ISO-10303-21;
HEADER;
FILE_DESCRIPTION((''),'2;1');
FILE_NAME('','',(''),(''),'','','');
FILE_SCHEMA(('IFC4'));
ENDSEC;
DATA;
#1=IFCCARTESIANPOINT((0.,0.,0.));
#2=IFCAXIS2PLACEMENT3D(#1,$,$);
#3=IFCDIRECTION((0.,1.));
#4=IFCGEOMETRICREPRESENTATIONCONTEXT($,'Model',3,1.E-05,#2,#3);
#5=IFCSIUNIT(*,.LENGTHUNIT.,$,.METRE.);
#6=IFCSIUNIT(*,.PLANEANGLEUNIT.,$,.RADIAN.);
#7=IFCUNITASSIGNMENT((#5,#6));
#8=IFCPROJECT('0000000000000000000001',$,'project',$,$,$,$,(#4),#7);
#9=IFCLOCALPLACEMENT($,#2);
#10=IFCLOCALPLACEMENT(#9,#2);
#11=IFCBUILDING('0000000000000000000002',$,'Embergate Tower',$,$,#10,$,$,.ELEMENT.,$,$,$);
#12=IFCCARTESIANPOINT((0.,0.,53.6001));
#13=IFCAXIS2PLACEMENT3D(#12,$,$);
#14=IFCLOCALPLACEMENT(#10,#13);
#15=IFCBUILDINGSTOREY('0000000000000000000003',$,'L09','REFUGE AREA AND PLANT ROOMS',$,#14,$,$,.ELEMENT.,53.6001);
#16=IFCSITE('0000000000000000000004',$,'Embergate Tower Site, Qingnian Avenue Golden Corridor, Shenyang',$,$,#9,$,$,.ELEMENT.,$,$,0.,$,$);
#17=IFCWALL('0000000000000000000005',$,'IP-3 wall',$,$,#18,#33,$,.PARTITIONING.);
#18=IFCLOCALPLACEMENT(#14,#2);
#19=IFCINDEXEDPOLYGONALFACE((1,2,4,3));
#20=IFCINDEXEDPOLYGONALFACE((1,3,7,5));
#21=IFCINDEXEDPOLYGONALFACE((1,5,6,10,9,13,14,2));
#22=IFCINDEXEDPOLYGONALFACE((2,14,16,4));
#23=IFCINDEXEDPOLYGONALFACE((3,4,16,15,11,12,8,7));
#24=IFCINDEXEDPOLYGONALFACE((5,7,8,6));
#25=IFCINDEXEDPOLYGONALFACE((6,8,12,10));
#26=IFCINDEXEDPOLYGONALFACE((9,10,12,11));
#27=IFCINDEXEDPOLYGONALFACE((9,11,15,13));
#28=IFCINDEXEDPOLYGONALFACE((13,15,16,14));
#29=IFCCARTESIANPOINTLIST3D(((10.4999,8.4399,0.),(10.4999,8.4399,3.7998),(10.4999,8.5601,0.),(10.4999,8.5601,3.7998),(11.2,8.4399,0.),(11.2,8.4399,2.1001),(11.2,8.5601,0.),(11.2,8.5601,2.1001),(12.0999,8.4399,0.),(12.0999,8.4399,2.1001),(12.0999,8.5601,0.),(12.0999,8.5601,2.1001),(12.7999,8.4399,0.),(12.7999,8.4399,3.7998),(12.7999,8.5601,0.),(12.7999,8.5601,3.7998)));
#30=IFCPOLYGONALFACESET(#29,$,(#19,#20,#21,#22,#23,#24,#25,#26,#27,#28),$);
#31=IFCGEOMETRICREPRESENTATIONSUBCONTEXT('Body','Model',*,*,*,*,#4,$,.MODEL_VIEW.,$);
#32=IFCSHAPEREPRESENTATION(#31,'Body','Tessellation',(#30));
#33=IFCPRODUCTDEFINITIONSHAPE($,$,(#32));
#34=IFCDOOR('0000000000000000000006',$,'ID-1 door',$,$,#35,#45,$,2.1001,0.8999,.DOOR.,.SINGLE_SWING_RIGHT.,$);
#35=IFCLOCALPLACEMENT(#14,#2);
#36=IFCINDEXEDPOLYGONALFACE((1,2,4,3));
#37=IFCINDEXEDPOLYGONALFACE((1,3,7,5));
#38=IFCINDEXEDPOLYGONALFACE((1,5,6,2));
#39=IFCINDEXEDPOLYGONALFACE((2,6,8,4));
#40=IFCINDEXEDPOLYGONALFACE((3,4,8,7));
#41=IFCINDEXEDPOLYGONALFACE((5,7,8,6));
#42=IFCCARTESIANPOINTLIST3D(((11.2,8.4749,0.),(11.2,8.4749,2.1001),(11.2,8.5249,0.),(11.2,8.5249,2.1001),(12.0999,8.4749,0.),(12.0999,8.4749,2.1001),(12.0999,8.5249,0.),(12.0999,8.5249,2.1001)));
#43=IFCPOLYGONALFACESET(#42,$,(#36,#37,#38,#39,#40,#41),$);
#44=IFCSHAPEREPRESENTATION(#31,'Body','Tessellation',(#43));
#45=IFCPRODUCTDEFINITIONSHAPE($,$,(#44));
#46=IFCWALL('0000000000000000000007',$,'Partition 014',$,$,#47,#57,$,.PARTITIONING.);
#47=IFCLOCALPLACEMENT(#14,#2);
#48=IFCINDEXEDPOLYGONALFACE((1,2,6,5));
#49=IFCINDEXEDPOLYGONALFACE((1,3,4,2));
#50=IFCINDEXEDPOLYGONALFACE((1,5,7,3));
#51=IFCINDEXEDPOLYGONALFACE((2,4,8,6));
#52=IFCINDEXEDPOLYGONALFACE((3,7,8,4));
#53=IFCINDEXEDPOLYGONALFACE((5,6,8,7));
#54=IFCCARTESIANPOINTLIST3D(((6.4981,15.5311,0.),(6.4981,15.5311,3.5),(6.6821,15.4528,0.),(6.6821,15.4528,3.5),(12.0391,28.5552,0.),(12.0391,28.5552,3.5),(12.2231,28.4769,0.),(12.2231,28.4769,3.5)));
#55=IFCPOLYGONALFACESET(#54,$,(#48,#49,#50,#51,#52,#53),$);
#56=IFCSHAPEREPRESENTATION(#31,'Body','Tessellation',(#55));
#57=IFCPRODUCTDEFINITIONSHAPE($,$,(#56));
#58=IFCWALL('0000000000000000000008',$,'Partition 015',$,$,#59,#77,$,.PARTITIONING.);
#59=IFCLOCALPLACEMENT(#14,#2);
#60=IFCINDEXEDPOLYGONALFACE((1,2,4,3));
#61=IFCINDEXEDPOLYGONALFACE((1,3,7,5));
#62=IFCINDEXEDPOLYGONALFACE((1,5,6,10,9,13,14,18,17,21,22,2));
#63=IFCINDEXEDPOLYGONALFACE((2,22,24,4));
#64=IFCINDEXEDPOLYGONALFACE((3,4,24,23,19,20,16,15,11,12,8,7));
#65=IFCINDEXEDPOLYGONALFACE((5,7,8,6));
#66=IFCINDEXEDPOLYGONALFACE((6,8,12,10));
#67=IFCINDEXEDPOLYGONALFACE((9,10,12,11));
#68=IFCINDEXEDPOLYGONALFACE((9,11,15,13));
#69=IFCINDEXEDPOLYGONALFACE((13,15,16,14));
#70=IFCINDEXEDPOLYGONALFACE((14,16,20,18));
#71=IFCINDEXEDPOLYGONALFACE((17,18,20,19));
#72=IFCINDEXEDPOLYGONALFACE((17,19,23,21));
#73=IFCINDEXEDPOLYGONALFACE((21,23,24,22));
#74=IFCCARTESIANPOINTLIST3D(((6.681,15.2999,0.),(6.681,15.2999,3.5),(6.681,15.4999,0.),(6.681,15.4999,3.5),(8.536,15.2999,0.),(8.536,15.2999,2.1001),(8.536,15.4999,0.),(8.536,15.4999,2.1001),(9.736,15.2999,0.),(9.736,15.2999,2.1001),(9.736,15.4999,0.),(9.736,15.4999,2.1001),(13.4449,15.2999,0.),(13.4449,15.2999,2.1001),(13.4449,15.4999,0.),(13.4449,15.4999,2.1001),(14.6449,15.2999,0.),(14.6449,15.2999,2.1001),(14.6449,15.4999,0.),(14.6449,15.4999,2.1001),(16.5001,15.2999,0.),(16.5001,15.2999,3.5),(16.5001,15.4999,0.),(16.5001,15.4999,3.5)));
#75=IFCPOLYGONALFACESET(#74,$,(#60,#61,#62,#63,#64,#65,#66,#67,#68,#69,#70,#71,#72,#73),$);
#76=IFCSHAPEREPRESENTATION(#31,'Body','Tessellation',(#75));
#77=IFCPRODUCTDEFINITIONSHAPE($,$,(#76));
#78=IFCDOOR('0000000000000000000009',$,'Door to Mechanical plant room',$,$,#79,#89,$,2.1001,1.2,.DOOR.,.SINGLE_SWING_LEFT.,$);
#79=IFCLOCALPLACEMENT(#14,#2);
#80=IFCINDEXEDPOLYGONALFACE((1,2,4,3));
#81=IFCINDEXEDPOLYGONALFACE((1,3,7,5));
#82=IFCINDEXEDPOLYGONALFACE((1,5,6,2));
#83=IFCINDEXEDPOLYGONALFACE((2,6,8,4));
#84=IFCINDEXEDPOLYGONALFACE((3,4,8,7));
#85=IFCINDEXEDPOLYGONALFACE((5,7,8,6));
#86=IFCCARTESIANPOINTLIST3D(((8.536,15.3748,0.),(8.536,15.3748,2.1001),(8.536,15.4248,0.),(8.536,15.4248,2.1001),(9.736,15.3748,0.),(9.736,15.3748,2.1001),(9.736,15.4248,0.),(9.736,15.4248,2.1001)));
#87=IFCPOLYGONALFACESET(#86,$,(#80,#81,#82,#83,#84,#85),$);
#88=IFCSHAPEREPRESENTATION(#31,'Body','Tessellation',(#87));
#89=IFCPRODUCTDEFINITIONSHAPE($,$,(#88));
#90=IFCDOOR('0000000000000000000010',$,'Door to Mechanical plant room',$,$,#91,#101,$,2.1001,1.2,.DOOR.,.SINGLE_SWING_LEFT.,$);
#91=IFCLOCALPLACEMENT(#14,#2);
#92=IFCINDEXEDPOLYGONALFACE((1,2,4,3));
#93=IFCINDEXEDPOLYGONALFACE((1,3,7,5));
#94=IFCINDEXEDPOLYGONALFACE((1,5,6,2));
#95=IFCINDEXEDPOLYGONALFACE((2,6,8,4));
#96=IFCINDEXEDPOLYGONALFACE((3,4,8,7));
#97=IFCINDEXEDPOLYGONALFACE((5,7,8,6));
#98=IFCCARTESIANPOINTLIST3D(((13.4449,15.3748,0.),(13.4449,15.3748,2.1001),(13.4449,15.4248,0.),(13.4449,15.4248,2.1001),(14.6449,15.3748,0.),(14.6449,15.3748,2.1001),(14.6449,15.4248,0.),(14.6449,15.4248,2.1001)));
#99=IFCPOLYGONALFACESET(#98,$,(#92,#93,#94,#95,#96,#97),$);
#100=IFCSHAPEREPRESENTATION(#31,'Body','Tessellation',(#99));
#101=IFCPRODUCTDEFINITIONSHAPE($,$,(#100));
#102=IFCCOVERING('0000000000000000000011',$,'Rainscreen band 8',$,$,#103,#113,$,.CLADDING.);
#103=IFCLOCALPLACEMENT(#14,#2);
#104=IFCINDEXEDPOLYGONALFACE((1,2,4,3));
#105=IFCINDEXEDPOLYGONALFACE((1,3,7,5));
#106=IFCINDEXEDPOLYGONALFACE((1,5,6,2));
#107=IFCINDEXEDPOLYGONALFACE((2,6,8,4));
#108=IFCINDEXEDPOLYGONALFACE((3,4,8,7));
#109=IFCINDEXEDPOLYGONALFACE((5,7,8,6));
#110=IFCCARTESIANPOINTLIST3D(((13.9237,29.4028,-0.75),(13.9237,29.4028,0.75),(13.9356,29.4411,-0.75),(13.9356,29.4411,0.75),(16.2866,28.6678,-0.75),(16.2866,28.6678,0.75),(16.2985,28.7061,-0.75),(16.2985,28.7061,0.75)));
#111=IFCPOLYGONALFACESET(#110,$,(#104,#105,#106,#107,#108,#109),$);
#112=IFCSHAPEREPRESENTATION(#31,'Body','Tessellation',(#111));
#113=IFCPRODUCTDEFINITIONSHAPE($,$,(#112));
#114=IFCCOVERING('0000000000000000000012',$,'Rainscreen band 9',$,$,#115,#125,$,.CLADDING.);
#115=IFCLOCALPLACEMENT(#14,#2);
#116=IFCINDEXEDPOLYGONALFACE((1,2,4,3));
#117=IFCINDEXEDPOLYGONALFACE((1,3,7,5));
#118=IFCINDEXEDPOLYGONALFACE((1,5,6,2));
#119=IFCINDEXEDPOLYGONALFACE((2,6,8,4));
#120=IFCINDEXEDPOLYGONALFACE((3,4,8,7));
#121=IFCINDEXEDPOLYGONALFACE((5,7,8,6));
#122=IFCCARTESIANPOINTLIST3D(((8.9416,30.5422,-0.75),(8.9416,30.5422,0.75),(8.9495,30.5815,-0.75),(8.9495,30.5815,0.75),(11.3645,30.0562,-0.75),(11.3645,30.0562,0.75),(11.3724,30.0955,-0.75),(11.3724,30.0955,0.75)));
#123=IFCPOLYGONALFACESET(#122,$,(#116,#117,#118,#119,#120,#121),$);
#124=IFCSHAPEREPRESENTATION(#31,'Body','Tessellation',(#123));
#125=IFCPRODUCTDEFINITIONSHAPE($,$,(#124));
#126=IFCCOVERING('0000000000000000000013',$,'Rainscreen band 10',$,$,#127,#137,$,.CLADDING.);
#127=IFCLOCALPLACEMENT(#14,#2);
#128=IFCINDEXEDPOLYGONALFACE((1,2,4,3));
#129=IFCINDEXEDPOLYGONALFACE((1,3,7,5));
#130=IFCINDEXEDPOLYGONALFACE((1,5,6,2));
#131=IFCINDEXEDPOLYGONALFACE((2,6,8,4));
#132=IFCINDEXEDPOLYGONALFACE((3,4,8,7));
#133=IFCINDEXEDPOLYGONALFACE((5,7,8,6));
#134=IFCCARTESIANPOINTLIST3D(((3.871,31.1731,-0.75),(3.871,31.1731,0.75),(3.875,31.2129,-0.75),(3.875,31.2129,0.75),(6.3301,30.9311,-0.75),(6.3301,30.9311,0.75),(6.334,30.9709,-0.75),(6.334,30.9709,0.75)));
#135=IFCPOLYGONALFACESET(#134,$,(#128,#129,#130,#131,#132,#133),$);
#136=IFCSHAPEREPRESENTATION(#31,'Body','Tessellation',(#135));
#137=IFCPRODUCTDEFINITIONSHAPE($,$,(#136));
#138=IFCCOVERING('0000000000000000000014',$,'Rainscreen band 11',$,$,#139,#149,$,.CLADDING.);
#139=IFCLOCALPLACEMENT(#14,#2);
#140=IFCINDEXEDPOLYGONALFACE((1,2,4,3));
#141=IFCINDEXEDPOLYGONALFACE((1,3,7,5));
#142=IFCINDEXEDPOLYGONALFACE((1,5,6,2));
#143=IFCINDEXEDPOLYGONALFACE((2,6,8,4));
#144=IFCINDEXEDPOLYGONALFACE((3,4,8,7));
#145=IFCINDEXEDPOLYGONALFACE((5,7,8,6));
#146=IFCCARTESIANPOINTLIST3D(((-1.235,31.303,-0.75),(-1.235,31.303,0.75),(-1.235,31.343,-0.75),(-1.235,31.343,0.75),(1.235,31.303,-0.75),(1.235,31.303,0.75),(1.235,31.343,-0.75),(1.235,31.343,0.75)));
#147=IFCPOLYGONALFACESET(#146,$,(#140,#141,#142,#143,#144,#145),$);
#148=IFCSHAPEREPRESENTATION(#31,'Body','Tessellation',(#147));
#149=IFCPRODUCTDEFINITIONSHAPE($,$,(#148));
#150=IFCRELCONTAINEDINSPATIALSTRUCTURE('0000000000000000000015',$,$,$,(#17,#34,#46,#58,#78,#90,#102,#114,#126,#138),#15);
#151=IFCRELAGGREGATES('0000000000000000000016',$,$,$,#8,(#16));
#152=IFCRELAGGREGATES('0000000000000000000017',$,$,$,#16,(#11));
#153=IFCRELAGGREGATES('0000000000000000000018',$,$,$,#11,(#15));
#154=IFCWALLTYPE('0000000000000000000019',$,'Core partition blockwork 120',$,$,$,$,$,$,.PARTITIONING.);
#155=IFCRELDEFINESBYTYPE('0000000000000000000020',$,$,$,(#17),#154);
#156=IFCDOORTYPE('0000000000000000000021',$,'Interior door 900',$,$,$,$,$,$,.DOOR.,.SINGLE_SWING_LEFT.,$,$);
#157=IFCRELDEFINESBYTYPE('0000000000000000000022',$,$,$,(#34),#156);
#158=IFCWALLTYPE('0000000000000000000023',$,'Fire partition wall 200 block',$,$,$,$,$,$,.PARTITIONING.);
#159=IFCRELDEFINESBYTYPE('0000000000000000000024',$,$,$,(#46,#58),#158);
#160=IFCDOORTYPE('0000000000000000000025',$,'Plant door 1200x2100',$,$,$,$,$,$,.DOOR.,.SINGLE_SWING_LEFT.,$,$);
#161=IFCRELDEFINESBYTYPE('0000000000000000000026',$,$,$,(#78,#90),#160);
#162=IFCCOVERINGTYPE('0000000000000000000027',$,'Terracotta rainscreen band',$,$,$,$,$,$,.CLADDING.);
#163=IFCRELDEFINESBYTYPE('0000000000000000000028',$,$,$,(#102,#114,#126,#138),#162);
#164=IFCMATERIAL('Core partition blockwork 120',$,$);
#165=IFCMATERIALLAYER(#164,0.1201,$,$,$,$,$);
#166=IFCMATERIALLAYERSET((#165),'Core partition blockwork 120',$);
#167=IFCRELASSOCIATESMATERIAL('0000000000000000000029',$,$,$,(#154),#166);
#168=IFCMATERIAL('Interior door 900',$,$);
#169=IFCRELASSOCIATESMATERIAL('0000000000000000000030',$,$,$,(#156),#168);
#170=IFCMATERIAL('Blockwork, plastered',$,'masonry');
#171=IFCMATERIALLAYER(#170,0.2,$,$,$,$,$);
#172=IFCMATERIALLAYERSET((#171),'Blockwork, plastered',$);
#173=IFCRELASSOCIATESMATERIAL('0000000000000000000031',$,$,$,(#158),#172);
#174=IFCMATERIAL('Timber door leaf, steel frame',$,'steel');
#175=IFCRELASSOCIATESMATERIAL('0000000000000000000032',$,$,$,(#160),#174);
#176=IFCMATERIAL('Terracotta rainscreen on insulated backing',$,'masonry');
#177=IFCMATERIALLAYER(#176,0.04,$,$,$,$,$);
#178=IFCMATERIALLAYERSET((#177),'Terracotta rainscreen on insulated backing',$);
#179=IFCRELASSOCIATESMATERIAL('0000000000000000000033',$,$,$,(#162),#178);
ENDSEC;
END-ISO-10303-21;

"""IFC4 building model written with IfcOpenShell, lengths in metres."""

from ifc_helpers import new_model, si_unit, direction, frame, frame_2d, origin, origin_2d, place, context, subcontext, project, spatial, rectangle, extrude, source, transform, mapped, material, layer, layer_set, type_object, element, fill, save


model = new_model("IFC4")

# Units and contexts
model_context = context("Model", 3, precision=1e-05, world=origin(), true_north=direction((0.0, 1.0)))
body_context = subcontext(model_context, "Body", "Model", "MODEL_VIEW")
ifc_project = project(units=[si_unit("LENGTHUNIT", "METRE"), si_unit("PLANEANGLEUNIT", "RADIAN")], contexts=[model_context])

# Site, building, storey
site_placement = place(None, origin())
site = spatial("IfcSite", under=ifc_project, at=site_placement, Name="Embergate Tower Site, Qingnian Avenue Golden Corridor, Shenyang", CompositionType="ELEMENT", RefElevation=0.0)
building_placement = place(site_placement, origin())
building = spatial("IfcBuilding", under=site, at=building_placement, Name="Embergate Tower", CompositionType="ELEMENT")
storey_placement = place(building_placement, frame((0.0, 0.0, 53.6001)))
storey = spatial("IfcBuildingStorey", under=building, at=storey_placement, Name="L09", Description="REFUGE AREA AND PLANT ROOMS", CompositionType="ELEMENT", Elevation=53.6001)

# Wall, opening, door
ifc_material_1 = material(Name="Core partition blockwork 120")
ifc_layer_1 = layer(ifc_material_1, 0.1201)
ifc_layer_set_1 = layer_set([ifc_layer_1], Name="Core partition blockwork 120")
wall_type_1 = type_object("IfcWallType", Name="Core partition blockwork 120", PredefinedType="PARTITIONING", material=ifc_layer_set_1)
shared_shape_1 = source(origin(), body_context, "Body", "SweptSolid", [
    extrude(rectangle(XDim=2.3, YDim=0.1201, at=frame_2d((1.1499, 0.0))), origin(), (0.0, 0.0, 1.0), 3.7998),
])
wall_1_placement = place(storey_placement, frame((10.5, 8.5, 0.0), z_axis=(0.0, 0.0, 1.0), x_axis=(1.0, 0.0, 0.0)))
wall_1 = element("IfcWall", 1, at=wall_1_placement, inside=storey, type_object=wall_type_1, Name="IP-3 wall", PredefinedType="PARTITIONING", context=body_context, shape_type="MappedRepresentation", body=[
    mapped(shared_shape_1, transform((0.0, 0.0, 0.0))),
])
shared_shape_2 = source(origin(), body_context, "Body", "SweptSolid", [
    extrude(rectangle(XDim=0.8999, YDim=2.1001, at=frame_2d((0.45, 1.05))), frame((0.0, 0.0701, 0.0), z_axis=(0.0, -1.0, 0.0), x_axis=(1.0, 0.0, 0.0)), (0.0, 0.0, 1.0), 0.1401),
])
opening_1_placement = place(wall_1_placement, frame((0.7, 0.0, 0.0)))
opening_1 = element("IfcOpeningElement", 2, at=opening_1_placement, cuts=wall_1, PredefinedType="OPENING", context=body_context, shape_type="MappedRepresentation", body=[
    mapped(shared_shape_2, transform((0.0, 0.0, 0.0))),
])
ifc_material_2 = material(Name="Interior door 900")
door_type_1 = type_object("IfcDoorType", Name="Interior door 900", OperationType="SINGLE_SWING_LEFT", PredefinedType="DOOR", material=ifc_material_2)
shared_shape_3 = source(origin(), body_context, "Body", "SweptSolid", [
    extrude(rectangle(XDim=0.8999, YDim=2.1001, at=frame_2d((0.45, 1.05))), frame((0.0, 0.0249, 0.0), z_axis=(0.0, -1.0, 0.0), x_axis=(1.0, 0.0, 0.0)), (0.0, 0.0, 1.0), 0.05),
])
door_1_placement = place(opening_1_placement, origin())
door_1 = element("IfcDoor", 3, at=door_1_placement, inside=storey, type_object=door_type_1, Name="ID-1 door", OperationType="SINGLE_SWING_RIGHT", OverallHeight=2.1001, OverallWidth=0.8999, PredefinedType="DOOR", context=body_context, shape_type="MappedRepresentation", body=[
    mapped(shared_shape_3, transform((0.0, 0.0, 0.0))),
])
fill(opening_1, door_1)

# Wall
ifc_material_3 = material(Name="Blockwork, plastered", Category="masonry")
ifc_layer_2 = layer(ifc_material_3, 0.2)
ifc_layer_set_2 = layer_set([ifc_layer_2], Name="Blockwork, plastered")
wall_type_2 = type_object("IfcWallType", Name="Fire partition wall 200 block", PredefinedType="PARTITIONING", material=ifc_layer_set_2)
shared_shape_4 = source(origin(), body_context, "Body", "SweptSolid", [
    extrude(rectangle(XDim=14.1538, YDim=0.2, at=frame_2d((7.0769, 0.0))), origin(), (0.0, 0.0, 1.0), 3.5),
])
wall_2_placement = place(storey_placement, frame((6.5901, 15.4919, 0.0), z_axis=(0.0, 0.0, 1.0), x_axis=(0.391484, 0.920185, 0.0)))
element("IfcWall", 4, at=wall_2_placement, inside=storey, type_object=wall_type_2, Name="Partition 014", PredefinedType="PARTITIONING", context=body_context, shape_type="MappedRepresentation", body=[
    mapped(shared_shape_4, transform((0.0, 0.0, 0.0))),
])

# Wall, openings, doors
shared_shape_5 = source(origin(), body_context, "Body", "SweptSolid", [
    extrude(rectangle(XDim=9.8191, YDim=0.2, at=frame_2d((4.9097, 0.0))), origin(), (0.0, 0.0, 1.0), 3.5),
])
wall_3_placement = place(storey_placement, frame((6.6809, 15.3999, 0.0), z_axis=(0.0, 0.0, 1.0), x_axis=(1.0, 0.0, 0.0)))
wall_3 = element("IfcWall", 5, at=wall_3_placement, inside=storey, type_object=wall_type_2, Name="Partition 015", PredefinedType="PARTITIONING", context=body_context, shape_type="MappedRepresentation", body=[
    mapped(shared_shape_5, transform((0.0, 0.0, 0.0))),
])
shared_shape_6 = source(origin(), body_context, "Body", "SweptSolid", [
    extrude(rectangle(XDim=1.2, YDim=2.1001, at=frame_2d((0.6001, 1.05))), frame((0.0, 0.1099, 0.0), z_axis=(0.0, -1.0, 0.0), x_axis=(1.0, 0.0, 0.0)), (0.0, 0.0, 1.0), 0.22),
])
opening_2_placement = place(wall_3_placement, frame((1.855, 0.0, 0.0)))
opening_2 = element("IfcOpeningElement", 6, at=opening_2_placement, cuts=wall_3, PredefinedType="OPENING", context=body_context, shape_type="MappedRepresentation", body=[
    mapped(shared_shape_6, transform((0.0, 0.0, 0.0))),
])
opening_3_placement = place(wall_3_placement, frame((6.7639, 0.0, 0.0)))
opening_3 = element("IfcOpeningElement", 7, at=opening_3_placement, cuts=wall_3, PredefinedType="OPENING", context=body_context, shape_type="MappedRepresentation", body=[
    mapped(shared_shape_6, transform((0.0, 0.0, 0.0))),
])
ifc_material_4 = material(Name="Timber door leaf, steel frame", Category="steel")
door_type_2 = type_object("IfcDoorType", Name="Plant door 1200x2100", OperationType="SINGLE_SWING_LEFT", PredefinedType="DOOR", material=ifc_material_4)
shared_shape_7 = source(origin(), body_context, "Body", "SweptSolid", [
    extrude(rectangle(XDim=1.2, YDim=2.1001, at=frame_2d((0.6001, 1.05))), frame((0.0, 0.0249, 0.0), z_axis=(0.0, -1.0, 0.0), x_axis=(1.0, 0.0, 0.0)), (0.0, 0.0, 1.0), 0.05),
])
door_2_placement = place(opening_2_placement, origin())
door_2 = element("IfcDoor", 8, at=door_2_placement, inside=storey, type_object=door_type_2, Name="Door to Mechanical plant room", OperationType="SINGLE_SWING_LEFT", OverallHeight=2.1001, OverallWidth=1.2, PredefinedType="DOOR", context=body_context, shape_type="MappedRepresentation", body=[
    mapped(shared_shape_7, transform((0.0, 0.0, 0.0))),
])
fill(opening_2, door_2)
door_3_placement = place(opening_3_placement, origin())
door_3 = element("IfcDoor", 9, at=door_3_placement, inside=storey, type_object=door_type_2, Name="Door to Mechanical plant room", OperationType="SINGLE_SWING_LEFT", OverallHeight=2.1001, OverallWidth=1.2, PredefinedType="DOOR", context=body_context, shape_type="MappedRepresentation", body=[
    mapped(shared_shape_7, transform((0.0, 0.0, 0.0))),
])
fill(opening_3, door_3)

# Coverings
ifc_material_5 = material(Name="Terracotta rainscreen on insulated backing", Category="masonry")
ifc_layer_3 = layer(ifc_material_5, 0.04)
ifc_layer_set_3 = layer_set([ifc_layer_3], Name="Terracotta rainscreen on insulated backing")
covering_type = type_object("IfcCoveringType", Name="Terracotta rainscreen band", PredefinedType="CLADDING", material=ifc_layer_set_3)
shared_shape_8 = source(origin(), body_context, "Body", "SweptSolid", [
    extrude(rectangle(XDim=2.4746, YDim=0.04, at=origin_2d()), origin(), (0.0, 0.0, 1.0), 1.5),
])
covering_1_placement = place(storey_placement, frame((15.1111, 29.0544, -0.75), z_axis=(0.0, 0.0, 1.0), x_axis=(-0.954874, 0.29701, 0.0)))
element("IfcCovering", 10, at=covering_1_placement, inside=storey, type_object=covering_type, Name="Rainscreen band 8", PredefinedType="CLADDING", context=body_context, shape_type="MappedRepresentation", body=[
    mapped(shared_shape_8, transform((0.0, 0.0, 0.0))),
])
shared_shape_9 = source(origin(), body_context, "Body", "SweptSolid", [
    extrude(rectangle(XDim=2.4712, YDim=0.04, at=origin_2d()), origin(), (0.0, 0.0, 1.0), 1.5),
])
covering_2_placement = place(storey_placement, frame((10.157, 30.3188, -0.75), z_axis=(0.0, 0.0, 1.0), x_axis=(-0.980471, 0.196661, 0.0)))
element("IfcCovering", 11, at=covering_2_placement, inside=storey, type_object=covering_type, Name="Rainscreen band 9", PredefinedType="CLADDING", context=body_context, shape_type="MappedRepresentation", body=[
    mapped(shared_shape_9, transform((0.0, 0.0, 0.0))),
])
shared_shape_10 = source(origin(), body_context, "Body", "SweptSolid", [
    extrude(rectangle(XDim=2.4709, YDim=0.04, at=origin_2d()), origin(), (0.0, 0.0, 1.0), 1.5),
])
covering_3_placement = place(storey_placement, frame((5.1025, 31.072, -0.75), z_axis=(0.0, 0.0, 1.0), x_axis=(-0.995192, 0.097941, 0.0)))
element("IfcCovering", 12, at=covering_3_placement, inside=storey, type_object=covering_type, Name="Rainscreen band 10", PredefinedType="CLADDING", context=body_context, shape_type="MappedRepresentation", body=[
    mapped(shared_shape_10, transform((0.0, 0.0, 0.0))),
])
shared_shape_11 = source(origin(), body_context, "Body", "SweptSolid", [
    extrude(rectangle(XDim=2.47, YDim=0.04, at=origin_2d()), origin(), (0.0, 0.0, 1.0), 1.5),
])
covering_4_placement = place(storey_placement, frame((0.0, 31.323, -0.75), z_axis=(0.0, 0.0, 1.0), x_axis=(-1.0, 0.0, 0.0)))
element("IfcCovering", 13, at=covering_4_placement, inside=storey, type_object=covering_type, Name="Rainscreen band 11", PredefinedType="CLADDING", context=body_context, shape_type="MappedRepresentation", body=[
    mapped(shared_shape_11, transform((0.0, 0.0, 0.0))),
])

save(model, "model.ifc")
